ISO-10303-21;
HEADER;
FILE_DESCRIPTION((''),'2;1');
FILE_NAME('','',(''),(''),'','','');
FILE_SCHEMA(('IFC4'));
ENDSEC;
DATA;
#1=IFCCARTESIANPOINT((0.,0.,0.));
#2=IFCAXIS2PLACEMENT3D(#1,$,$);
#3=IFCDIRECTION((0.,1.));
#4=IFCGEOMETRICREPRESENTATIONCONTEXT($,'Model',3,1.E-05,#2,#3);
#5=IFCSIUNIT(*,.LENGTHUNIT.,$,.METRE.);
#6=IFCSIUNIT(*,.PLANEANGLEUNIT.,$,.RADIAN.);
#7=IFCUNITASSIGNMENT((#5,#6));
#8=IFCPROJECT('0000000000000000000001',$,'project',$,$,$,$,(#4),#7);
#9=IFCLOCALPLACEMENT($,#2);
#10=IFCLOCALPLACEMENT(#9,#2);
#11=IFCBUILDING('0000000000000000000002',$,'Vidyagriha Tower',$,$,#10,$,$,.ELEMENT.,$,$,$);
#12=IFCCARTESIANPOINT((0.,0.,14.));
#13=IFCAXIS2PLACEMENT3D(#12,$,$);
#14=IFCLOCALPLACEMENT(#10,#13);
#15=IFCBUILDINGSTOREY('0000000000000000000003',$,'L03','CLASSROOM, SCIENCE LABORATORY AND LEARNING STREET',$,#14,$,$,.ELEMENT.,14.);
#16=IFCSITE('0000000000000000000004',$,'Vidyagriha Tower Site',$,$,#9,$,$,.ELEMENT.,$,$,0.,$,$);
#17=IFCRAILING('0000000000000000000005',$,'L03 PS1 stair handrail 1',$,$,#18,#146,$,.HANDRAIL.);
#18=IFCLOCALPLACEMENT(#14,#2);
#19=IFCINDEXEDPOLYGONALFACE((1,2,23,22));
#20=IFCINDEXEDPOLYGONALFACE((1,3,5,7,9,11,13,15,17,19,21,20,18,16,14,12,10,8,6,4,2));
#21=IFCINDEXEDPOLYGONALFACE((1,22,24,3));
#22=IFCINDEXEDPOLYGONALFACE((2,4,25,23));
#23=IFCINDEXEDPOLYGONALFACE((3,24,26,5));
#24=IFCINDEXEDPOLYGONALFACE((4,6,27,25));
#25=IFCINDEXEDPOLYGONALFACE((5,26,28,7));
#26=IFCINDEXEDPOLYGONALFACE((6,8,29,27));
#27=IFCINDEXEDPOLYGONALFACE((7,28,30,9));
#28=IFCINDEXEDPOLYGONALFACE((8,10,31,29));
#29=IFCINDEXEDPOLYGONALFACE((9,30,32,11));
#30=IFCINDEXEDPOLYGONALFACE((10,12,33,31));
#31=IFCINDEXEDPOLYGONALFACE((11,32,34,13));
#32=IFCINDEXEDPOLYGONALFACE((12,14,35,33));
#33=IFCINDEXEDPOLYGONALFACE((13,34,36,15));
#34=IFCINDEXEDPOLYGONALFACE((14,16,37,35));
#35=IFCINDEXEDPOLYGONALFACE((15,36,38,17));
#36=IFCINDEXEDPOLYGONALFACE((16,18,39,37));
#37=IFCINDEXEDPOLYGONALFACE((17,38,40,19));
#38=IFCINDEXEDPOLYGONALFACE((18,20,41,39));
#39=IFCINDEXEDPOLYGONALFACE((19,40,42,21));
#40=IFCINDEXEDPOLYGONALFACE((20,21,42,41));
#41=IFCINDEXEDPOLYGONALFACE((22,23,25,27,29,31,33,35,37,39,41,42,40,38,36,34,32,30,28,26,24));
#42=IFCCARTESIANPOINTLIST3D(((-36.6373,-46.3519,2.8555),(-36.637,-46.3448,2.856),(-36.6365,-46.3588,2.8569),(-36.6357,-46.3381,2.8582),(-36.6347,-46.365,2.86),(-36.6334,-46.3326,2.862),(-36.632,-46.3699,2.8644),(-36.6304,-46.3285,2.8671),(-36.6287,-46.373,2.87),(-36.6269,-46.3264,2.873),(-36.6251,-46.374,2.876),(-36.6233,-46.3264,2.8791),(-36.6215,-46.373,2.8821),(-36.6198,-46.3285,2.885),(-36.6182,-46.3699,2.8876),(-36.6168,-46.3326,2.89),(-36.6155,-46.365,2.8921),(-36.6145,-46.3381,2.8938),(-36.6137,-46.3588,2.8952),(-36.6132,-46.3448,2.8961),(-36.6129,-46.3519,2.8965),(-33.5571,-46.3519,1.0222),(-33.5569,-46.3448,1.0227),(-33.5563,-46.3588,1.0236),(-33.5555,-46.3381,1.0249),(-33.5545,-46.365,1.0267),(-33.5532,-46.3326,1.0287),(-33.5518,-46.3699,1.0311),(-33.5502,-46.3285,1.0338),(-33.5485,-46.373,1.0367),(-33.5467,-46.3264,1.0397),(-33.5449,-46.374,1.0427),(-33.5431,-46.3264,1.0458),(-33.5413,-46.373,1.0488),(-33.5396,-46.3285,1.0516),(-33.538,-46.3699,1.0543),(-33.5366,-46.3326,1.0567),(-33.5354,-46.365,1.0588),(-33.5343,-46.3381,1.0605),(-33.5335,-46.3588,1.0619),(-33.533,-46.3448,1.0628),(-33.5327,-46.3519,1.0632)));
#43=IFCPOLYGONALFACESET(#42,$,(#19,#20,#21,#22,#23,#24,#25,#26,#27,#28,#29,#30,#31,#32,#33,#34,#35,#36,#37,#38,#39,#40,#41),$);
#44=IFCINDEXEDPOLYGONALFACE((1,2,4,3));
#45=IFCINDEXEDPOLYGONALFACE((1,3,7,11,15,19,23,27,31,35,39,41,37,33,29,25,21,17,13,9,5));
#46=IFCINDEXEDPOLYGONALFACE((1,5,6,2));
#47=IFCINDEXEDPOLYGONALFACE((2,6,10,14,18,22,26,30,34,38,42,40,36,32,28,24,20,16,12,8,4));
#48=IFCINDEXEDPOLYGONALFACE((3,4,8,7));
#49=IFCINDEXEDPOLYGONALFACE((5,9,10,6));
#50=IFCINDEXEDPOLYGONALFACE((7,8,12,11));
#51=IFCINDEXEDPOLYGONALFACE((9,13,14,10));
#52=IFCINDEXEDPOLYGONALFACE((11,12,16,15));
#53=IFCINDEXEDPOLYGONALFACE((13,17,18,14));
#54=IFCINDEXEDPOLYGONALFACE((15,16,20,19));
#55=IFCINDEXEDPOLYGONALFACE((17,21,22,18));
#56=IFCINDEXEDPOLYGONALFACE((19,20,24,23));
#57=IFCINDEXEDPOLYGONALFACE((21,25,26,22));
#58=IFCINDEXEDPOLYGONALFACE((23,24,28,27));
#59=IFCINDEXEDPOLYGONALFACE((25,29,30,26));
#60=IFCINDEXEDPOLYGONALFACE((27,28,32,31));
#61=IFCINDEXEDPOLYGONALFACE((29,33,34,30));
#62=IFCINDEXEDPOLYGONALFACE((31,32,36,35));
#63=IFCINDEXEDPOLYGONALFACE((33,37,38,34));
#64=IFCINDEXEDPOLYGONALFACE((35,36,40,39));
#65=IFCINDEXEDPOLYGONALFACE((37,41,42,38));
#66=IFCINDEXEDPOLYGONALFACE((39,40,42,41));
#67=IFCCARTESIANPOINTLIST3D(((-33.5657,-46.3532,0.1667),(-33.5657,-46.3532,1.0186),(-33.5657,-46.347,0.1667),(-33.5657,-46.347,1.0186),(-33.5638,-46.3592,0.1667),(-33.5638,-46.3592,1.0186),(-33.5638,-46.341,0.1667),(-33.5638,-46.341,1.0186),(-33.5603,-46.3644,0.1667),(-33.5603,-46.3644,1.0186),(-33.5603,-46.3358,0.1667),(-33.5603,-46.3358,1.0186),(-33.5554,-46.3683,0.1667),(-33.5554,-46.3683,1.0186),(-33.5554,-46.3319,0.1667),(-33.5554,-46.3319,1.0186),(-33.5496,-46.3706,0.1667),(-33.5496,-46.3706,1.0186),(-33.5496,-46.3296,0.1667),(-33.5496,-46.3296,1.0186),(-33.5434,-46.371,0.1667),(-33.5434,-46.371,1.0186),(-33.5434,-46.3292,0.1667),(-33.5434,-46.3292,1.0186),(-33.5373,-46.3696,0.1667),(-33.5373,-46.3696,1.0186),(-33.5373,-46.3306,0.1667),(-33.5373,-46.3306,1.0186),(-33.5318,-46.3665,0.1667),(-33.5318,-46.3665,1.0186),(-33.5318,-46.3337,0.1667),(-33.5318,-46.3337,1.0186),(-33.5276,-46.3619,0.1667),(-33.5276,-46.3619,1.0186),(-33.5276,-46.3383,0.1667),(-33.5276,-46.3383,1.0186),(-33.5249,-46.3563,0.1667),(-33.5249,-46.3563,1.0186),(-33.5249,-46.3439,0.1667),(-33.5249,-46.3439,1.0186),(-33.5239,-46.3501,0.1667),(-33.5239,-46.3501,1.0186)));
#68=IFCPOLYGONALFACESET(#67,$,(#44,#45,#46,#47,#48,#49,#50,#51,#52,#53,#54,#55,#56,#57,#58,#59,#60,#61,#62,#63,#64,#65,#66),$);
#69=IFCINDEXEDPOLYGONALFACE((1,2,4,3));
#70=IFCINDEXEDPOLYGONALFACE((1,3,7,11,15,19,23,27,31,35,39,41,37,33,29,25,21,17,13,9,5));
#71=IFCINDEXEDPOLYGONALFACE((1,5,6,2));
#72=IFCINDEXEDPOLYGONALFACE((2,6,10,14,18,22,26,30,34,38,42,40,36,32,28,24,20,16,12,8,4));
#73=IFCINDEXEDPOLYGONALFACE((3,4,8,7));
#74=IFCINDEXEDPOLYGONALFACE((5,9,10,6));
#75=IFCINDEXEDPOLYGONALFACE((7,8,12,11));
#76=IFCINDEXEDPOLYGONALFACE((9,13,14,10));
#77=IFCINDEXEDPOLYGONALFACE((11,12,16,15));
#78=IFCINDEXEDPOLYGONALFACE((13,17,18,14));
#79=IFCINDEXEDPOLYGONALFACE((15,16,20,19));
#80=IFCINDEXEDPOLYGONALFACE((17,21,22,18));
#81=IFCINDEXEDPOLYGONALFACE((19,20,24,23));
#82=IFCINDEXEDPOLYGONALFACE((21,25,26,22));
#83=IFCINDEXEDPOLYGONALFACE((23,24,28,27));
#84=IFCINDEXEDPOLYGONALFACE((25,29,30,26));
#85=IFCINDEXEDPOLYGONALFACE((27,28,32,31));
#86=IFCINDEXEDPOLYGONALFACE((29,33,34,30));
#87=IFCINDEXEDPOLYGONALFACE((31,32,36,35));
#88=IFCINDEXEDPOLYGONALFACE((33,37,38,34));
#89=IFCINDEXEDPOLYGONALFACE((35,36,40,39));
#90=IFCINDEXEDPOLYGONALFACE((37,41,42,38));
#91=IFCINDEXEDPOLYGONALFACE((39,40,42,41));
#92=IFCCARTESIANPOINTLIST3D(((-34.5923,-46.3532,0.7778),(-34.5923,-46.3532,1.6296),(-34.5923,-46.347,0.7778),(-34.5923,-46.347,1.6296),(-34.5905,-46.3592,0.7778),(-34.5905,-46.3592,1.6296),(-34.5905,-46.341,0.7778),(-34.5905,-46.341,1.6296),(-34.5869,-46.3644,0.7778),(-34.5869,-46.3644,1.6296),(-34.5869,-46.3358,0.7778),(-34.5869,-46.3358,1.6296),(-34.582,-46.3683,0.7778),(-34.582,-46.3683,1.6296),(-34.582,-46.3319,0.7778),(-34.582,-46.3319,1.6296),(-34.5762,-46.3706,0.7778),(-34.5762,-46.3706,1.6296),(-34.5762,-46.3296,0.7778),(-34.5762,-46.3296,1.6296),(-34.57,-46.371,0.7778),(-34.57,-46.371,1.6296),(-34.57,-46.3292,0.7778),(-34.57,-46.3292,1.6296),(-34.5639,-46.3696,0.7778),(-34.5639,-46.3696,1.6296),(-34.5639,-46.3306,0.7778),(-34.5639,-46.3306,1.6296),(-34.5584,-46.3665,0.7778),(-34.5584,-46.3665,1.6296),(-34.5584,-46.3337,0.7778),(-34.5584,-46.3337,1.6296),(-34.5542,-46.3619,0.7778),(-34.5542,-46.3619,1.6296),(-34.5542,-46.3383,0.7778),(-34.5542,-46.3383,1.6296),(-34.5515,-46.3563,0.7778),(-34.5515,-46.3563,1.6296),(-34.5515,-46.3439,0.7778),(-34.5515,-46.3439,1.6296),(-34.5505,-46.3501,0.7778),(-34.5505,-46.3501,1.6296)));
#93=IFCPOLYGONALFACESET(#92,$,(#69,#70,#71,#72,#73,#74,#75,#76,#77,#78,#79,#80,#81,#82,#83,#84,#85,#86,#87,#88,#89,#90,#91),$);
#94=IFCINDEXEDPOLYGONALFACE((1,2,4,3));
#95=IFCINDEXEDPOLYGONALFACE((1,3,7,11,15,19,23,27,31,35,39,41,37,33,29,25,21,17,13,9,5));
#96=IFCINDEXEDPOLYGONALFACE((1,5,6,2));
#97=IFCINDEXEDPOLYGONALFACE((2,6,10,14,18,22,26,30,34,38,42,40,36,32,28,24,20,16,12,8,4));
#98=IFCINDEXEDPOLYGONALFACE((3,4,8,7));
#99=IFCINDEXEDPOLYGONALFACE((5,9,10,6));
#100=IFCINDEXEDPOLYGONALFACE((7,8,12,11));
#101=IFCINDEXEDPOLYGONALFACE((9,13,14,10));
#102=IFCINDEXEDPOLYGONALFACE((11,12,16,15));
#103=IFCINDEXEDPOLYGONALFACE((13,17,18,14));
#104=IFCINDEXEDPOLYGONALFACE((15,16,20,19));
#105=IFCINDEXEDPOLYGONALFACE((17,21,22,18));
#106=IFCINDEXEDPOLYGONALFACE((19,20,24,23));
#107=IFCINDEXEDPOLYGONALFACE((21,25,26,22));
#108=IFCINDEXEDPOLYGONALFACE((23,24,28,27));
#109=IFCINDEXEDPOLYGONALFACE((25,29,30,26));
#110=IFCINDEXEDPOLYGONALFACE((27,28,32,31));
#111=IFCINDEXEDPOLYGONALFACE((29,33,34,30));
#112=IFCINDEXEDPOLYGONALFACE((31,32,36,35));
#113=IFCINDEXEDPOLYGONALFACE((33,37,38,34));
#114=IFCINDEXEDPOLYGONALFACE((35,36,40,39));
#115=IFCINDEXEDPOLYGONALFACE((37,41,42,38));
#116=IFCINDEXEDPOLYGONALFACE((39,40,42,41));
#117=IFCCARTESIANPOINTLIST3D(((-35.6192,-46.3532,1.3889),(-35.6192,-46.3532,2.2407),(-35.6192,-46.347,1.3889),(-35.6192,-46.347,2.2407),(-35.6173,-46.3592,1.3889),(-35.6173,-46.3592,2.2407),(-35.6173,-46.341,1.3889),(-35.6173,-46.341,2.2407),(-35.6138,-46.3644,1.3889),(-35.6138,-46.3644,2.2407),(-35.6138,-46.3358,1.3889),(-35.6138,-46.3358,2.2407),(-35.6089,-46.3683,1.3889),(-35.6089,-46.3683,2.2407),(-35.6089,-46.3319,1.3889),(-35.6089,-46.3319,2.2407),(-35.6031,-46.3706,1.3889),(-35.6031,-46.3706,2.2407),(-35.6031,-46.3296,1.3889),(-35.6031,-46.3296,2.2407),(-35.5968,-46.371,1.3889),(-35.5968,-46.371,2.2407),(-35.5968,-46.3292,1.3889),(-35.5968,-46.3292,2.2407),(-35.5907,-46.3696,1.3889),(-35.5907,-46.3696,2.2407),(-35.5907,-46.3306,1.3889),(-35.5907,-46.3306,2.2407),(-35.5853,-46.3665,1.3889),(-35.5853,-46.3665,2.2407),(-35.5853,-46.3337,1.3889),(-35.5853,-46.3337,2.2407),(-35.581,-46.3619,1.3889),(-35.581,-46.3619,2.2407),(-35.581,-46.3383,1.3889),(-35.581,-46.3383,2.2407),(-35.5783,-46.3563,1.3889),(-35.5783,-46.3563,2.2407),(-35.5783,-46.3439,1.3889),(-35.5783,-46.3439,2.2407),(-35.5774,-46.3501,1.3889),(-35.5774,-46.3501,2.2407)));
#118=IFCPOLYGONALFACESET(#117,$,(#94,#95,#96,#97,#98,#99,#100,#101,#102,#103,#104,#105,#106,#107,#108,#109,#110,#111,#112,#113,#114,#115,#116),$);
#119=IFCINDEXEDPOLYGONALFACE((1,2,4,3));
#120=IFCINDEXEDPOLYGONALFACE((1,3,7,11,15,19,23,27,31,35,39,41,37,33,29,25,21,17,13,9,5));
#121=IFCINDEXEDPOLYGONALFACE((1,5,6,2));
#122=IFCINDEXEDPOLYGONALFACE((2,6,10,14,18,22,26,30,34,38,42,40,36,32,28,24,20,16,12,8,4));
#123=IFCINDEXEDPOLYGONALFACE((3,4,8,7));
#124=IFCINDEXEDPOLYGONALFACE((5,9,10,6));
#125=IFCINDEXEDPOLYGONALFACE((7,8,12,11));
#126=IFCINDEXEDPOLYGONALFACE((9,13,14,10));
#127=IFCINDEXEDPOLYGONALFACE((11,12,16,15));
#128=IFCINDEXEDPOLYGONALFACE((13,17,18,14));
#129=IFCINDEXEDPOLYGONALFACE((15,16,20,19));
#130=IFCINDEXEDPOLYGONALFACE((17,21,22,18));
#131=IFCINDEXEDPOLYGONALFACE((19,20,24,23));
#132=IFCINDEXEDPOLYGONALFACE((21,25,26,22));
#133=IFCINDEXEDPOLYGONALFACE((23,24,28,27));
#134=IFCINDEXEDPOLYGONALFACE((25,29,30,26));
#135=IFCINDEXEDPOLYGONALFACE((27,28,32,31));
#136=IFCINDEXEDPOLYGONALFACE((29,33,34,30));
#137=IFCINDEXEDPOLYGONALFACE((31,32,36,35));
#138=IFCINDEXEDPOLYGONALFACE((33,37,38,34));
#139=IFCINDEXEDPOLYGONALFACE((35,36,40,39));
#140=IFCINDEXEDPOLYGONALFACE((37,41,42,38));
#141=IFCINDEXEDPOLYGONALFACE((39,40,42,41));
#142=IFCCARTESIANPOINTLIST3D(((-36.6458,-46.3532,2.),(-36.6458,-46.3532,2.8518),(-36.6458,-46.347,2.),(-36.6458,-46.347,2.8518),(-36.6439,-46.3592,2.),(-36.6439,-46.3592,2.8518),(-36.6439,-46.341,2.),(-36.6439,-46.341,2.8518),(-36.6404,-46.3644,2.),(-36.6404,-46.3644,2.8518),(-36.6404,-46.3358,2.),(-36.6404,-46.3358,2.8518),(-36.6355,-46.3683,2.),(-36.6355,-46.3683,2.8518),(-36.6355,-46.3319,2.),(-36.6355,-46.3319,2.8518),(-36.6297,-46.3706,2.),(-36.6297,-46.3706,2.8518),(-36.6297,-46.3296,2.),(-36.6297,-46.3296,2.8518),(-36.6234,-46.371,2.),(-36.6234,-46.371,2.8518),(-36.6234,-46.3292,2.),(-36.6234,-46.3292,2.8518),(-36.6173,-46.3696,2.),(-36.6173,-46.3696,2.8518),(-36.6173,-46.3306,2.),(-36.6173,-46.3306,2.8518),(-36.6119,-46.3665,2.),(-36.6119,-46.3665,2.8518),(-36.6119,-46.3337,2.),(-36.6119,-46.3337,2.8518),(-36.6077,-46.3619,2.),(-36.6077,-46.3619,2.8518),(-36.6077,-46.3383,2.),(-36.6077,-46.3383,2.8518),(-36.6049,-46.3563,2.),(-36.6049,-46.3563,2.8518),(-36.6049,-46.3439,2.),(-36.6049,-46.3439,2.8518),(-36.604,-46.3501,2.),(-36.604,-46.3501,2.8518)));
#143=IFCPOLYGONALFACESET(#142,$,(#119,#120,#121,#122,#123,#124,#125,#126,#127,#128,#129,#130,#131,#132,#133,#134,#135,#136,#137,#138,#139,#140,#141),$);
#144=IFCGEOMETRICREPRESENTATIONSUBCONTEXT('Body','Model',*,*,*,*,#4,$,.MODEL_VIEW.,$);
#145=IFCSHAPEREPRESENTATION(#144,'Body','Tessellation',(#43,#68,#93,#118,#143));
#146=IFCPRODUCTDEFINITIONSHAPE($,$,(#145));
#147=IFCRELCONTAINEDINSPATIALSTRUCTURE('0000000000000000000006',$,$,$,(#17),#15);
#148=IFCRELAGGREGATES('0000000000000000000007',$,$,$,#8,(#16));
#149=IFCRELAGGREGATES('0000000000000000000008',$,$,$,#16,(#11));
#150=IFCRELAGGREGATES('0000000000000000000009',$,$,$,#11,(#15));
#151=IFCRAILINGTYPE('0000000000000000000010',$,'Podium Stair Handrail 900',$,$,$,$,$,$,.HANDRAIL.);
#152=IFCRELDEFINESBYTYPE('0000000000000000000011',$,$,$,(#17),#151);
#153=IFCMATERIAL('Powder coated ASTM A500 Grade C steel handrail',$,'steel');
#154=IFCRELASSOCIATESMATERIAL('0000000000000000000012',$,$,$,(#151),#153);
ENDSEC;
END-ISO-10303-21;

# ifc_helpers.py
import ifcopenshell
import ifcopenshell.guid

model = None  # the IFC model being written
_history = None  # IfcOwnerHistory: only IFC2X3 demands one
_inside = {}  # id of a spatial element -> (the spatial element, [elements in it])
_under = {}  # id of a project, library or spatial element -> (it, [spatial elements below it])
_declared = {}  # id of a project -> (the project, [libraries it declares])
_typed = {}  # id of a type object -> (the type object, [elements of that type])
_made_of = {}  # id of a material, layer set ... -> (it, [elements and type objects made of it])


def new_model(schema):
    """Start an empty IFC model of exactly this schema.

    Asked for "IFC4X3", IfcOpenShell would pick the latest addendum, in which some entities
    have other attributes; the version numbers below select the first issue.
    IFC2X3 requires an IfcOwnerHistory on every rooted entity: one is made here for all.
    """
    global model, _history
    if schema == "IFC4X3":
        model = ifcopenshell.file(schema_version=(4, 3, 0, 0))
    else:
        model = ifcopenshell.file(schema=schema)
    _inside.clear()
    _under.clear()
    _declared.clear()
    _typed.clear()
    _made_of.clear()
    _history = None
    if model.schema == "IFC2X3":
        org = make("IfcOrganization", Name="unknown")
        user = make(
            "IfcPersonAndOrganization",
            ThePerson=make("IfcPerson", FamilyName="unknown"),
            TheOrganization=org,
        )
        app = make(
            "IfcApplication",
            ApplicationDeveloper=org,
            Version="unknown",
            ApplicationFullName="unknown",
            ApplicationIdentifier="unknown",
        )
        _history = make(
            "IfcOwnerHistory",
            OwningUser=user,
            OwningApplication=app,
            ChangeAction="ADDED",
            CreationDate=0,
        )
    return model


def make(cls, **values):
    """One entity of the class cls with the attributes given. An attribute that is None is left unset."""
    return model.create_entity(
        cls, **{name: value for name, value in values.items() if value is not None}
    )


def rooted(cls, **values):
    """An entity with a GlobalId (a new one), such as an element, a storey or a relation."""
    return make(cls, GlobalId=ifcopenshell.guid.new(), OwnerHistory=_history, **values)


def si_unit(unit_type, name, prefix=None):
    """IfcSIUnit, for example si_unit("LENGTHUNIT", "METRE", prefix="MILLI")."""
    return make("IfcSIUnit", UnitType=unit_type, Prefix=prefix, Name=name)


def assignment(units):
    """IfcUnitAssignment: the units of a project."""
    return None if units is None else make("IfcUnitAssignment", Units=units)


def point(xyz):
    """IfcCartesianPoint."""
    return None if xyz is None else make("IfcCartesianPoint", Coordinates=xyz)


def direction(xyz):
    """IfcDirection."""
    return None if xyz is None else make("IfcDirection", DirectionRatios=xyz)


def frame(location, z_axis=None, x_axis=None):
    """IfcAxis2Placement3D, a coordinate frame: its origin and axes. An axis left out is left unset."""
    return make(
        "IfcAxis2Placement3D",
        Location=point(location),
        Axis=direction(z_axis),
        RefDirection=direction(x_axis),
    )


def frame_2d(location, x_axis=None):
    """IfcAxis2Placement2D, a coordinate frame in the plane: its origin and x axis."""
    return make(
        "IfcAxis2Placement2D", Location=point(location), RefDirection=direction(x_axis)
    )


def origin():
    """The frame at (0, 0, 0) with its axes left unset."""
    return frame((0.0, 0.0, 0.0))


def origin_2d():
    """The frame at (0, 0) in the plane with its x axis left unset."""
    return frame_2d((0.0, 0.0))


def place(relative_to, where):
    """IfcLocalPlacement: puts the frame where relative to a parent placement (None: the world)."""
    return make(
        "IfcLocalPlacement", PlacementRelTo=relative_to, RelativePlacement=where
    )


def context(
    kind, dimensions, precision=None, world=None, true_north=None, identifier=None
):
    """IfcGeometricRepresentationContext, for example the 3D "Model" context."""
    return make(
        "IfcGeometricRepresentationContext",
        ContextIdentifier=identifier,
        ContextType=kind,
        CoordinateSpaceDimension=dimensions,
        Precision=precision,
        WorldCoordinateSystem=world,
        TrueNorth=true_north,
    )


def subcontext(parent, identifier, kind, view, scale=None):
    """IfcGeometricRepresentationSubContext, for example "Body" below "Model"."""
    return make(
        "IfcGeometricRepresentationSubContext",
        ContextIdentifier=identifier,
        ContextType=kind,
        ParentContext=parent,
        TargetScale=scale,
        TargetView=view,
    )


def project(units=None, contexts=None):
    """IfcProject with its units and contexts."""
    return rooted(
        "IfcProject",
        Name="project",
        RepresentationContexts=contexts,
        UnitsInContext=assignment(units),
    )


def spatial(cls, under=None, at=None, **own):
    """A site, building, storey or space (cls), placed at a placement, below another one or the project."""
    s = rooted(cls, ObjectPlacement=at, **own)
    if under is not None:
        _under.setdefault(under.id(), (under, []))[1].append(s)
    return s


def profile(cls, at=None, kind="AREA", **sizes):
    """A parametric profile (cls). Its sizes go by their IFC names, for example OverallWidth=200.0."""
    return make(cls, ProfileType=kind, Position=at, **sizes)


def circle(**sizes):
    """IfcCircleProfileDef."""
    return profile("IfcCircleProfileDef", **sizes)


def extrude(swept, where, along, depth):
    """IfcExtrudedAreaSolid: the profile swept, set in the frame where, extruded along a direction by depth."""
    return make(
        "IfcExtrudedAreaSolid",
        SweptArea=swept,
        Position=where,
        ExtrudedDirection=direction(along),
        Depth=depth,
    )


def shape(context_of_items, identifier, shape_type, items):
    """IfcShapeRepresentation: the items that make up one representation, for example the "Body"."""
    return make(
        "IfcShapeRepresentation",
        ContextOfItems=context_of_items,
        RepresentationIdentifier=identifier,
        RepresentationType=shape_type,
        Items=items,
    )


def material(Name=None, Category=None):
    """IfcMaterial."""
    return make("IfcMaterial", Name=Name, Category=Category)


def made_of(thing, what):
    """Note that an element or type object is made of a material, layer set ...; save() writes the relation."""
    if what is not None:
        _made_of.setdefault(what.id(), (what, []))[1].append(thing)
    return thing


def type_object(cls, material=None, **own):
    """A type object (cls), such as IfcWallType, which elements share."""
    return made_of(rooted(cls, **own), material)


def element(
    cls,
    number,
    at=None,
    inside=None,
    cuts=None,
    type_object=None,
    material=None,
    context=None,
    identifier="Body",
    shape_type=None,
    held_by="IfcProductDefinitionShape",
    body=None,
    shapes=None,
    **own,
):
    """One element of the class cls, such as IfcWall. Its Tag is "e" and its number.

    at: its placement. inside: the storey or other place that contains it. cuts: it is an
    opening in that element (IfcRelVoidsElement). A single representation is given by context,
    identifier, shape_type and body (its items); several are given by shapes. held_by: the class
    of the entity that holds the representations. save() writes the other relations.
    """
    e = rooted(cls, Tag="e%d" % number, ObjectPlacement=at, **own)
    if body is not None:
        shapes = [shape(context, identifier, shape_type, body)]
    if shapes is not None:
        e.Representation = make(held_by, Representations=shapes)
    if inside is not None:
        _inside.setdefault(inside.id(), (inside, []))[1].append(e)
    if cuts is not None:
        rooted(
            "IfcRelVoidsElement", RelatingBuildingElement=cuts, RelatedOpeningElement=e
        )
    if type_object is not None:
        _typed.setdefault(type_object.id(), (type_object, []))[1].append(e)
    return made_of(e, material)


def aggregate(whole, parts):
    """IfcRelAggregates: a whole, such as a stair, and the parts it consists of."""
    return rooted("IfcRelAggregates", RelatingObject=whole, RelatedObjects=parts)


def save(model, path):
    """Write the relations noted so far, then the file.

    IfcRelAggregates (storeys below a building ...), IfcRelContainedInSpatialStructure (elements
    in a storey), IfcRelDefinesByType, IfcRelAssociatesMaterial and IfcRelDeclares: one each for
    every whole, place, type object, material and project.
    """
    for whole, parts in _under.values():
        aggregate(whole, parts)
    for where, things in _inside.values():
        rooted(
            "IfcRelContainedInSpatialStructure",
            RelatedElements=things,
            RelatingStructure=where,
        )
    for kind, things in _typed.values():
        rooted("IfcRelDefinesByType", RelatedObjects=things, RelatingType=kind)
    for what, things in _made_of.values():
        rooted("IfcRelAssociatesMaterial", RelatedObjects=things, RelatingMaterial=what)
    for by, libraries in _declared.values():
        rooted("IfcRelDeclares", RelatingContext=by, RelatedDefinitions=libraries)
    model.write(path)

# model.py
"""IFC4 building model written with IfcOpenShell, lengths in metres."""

from ifc_helpers import new_model, si_unit, direction, frame, origin, origin_2d, place, context, subcontext, project, spatial, circle, extrude, material, type_object, element, save


model = new_model("IFC4")

# Units and contexts
model_context = context("Model", 3, precision=1e-05, world=origin(), true_north=direction((0.0, 1.0)))
body_context = subcontext(model_context, "Body", "Model", "MODEL_VIEW")
ifc_project = project(units=[si_unit("LENGTHUNIT", "METRE"), si_unit("PLANEANGLEUNIT", "RADIAN")], contexts=[model_context])

# Site, building, storey
site_placement = place(None, origin())
site = spatial("IfcSite", under=ifc_project, at=site_placement, Name="Vidyagriha Tower Site", CompositionType="ELEMENT", RefElevation=0.0)
building_placement = place(site_placement, origin())
building = spatial("IfcBuilding", under=site, at=building_placement, Name="Vidyagriha Tower", CompositionType="ELEMENT")
storey_placement = place(building_placement, frame((0.0, 0.0, 14.0)))
storey = spatial("IfcBuildingStorey", under=building, at=storey_placement, Name="L03", Description="CLASSROOM, SCIENCE LABORATORY AND LEARNING STREET", CompositionType="ELEMENT", Elevation=14.0)

# Railing
ifc_material_1 = material(Name="Powder coated ASTM A500 Grade C steel handrail", Category="steel")
railing_type_1 = type_object("IfcRailingType", Name="Podium Stair Handrail 900", PredefinedType="HANDRAIL", material=ifc_material_1)
railing_1_placement = place(storey_placement, frame((-33.5449, -46.3501, 0.1667)))
element("IfcRailing", 1, at=railing_1_placement, inside=storey, type_object=railing_type_1, Name="L03 PS1 stair handrail 1", PredefinedType="HANDRAIL", context=body_context, shape_type="SweptSolid", body=[
    extrude(circle(Radius=0.0239, at=origin_2d()), frame((0.0, 0.0, 0.876), z_axis=(-0.859309, 0.0, 0.511458), x_axis=(0.0, -1.0, 0.0)), (0.0, 0.0, 1.0), 3.5845),
    extrude(circle(Radius=0.021, at=origin_2d()), origin(), (0.0, 0.0, 1.0), 0.8518),
    extrude(circle(Radius=0.021, at=origin_2d()), frame((-1.0266, 0.0, 0.6111)), (0.0, 0.0, 1.0), 0.8518),
    extrude(circle(Radius=0.021, at=origin_2d()), frame((-2.0535, 0.0, 1.2222)), (0.0, 0.0, 1.0), 0.8518),
    extrude(circle(Radius=0.021, at=origin_2d()), frame((-3.0801, 0.0, 1.8333)), (0.0, 0.0, 1.0), 0.8518),
])

save(model, "model.ifc")
